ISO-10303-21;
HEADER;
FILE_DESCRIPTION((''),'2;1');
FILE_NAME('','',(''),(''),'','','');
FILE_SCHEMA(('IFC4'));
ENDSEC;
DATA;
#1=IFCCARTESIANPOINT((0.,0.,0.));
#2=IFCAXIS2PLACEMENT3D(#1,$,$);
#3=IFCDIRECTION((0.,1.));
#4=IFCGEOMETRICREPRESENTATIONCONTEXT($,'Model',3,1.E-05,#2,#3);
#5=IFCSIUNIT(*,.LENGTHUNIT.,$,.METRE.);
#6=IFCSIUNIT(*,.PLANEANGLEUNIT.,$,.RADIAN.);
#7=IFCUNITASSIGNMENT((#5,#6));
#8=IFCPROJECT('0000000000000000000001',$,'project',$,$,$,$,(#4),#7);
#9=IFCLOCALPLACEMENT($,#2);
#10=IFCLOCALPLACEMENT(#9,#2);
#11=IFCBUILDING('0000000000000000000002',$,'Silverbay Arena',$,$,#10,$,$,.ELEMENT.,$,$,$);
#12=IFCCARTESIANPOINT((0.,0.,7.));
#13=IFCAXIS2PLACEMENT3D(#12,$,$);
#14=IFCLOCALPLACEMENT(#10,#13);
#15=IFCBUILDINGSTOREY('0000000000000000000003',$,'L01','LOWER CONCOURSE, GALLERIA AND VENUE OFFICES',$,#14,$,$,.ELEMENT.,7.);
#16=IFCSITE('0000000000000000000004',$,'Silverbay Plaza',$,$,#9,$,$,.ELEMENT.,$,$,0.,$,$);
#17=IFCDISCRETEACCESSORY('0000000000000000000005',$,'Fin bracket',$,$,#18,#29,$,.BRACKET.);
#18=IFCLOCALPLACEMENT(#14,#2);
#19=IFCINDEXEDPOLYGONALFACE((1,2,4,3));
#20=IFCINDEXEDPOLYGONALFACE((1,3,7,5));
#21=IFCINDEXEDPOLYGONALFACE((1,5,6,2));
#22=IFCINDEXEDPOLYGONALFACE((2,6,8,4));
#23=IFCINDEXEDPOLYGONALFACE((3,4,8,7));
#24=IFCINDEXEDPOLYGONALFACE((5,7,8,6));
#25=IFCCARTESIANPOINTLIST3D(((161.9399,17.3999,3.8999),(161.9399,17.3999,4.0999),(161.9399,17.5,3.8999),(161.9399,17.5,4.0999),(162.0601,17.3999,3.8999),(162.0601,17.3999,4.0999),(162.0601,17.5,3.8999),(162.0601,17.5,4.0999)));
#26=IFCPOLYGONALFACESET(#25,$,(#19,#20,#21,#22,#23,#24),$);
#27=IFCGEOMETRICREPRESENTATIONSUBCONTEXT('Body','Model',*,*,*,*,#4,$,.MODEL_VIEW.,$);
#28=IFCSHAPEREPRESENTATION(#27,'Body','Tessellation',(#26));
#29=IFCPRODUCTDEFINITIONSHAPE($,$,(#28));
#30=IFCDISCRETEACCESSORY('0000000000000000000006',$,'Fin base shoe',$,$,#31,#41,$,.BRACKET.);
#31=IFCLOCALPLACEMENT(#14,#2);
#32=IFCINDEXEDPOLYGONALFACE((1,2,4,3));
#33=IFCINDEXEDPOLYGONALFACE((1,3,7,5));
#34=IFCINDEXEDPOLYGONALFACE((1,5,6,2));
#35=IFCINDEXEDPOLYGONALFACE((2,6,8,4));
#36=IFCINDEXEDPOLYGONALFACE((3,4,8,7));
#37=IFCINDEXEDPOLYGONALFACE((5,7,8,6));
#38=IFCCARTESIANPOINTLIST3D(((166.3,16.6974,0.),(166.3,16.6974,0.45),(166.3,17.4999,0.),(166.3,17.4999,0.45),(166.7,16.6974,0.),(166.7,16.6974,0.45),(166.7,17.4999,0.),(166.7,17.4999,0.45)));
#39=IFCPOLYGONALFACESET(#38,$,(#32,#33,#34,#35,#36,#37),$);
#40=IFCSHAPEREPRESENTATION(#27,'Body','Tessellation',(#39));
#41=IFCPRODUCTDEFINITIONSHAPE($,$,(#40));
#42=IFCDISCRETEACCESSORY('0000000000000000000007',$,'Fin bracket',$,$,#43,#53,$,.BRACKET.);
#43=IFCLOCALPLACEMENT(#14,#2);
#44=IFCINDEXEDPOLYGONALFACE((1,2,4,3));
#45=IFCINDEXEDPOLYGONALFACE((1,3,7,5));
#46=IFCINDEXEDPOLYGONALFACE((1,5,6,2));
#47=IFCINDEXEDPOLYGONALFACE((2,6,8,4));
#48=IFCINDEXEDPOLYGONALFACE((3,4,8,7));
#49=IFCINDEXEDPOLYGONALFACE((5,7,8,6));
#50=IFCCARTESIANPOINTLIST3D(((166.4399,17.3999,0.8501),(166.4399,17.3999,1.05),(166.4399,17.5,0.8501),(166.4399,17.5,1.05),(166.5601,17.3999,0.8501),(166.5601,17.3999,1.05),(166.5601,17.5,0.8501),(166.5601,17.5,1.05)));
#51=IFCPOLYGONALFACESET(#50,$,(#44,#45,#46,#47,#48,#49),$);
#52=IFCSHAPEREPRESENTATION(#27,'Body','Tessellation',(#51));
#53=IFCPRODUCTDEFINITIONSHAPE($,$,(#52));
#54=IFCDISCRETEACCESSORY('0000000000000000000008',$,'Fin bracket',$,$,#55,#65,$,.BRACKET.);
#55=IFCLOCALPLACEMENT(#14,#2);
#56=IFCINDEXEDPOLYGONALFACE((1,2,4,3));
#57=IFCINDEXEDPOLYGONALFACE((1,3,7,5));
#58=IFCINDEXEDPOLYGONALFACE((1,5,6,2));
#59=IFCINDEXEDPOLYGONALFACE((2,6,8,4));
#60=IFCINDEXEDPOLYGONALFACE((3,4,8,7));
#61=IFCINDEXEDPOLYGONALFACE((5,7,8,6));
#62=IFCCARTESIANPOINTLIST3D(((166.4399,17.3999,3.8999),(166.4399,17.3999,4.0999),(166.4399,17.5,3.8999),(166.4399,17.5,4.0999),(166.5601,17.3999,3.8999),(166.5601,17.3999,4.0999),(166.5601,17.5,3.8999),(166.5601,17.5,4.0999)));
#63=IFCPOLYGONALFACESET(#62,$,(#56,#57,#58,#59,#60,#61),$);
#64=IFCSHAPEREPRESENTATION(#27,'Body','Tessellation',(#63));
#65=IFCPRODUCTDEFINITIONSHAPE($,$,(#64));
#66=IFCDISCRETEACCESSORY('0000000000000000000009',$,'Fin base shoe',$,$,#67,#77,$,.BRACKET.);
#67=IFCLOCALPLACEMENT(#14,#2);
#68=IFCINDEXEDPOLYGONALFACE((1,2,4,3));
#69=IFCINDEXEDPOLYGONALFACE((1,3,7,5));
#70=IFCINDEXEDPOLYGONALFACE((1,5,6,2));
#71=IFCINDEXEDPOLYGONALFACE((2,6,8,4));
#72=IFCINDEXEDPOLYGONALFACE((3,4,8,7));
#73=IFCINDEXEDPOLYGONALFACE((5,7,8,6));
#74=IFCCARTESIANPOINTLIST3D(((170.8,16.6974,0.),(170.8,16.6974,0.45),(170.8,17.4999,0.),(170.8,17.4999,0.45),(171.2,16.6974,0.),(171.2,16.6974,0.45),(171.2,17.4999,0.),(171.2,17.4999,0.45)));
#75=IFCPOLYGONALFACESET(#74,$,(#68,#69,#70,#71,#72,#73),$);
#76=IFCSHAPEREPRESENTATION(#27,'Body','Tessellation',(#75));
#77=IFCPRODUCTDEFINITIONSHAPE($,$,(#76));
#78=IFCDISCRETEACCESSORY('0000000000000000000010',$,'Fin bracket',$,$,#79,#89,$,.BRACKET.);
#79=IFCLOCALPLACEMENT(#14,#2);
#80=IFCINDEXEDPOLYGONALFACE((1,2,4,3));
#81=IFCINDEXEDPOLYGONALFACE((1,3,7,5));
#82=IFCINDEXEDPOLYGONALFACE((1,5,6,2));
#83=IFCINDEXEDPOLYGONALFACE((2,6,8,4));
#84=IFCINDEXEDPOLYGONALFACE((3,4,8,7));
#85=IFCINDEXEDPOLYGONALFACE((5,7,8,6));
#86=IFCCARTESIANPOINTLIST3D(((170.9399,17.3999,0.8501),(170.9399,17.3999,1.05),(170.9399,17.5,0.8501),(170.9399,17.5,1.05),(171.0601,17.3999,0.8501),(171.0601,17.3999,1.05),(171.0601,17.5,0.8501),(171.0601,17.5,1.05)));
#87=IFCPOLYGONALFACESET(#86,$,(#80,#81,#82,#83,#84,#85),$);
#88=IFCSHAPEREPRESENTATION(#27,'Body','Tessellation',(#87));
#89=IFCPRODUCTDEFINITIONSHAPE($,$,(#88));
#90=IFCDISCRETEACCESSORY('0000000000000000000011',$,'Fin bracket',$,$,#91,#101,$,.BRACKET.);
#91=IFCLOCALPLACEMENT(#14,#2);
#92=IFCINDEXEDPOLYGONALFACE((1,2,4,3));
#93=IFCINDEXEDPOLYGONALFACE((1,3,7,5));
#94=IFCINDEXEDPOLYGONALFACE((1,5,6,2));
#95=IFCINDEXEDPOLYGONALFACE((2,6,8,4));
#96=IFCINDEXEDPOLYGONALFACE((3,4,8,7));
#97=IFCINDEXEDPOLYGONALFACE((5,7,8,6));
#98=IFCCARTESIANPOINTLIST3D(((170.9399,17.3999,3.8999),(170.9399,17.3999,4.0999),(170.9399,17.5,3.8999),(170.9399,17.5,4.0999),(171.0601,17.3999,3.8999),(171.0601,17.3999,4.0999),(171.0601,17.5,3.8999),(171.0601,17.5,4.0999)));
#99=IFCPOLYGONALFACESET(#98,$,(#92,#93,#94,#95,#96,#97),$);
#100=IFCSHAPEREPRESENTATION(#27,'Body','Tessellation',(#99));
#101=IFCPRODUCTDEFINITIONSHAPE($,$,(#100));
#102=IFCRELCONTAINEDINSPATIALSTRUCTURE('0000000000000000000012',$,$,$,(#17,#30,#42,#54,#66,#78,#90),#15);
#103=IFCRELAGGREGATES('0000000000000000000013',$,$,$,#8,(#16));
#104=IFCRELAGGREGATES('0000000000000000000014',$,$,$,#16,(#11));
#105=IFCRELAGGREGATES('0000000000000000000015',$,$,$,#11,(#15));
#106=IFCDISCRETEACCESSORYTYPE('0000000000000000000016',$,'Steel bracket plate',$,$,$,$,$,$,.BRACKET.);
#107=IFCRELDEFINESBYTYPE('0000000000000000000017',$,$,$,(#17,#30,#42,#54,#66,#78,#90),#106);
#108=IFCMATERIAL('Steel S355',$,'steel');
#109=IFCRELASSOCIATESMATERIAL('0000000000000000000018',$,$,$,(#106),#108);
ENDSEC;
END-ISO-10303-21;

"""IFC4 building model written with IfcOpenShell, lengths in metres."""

from ifc_helpers import new_model, si_unit, direction, frame, origin, origin_2d, place, context, subcontext, project, spatial, rectangle, extrude, material, type_object, element, save


model = new_model("IFC4")

# Units and contexts
model_context = context("Model", 3, precision=1e-05, world=origin(), true_north=direction((0.0, 1.0)))
body_context = subcontext(model_context, "Body", "Model", "MODEL_VIEW")
ifc_project = project(units=[si_unit("LENGTHUNIT", "METRE"), si_unit("PLANEANGLEUNIT", "RADIAN")], contexts=[model_context])

# Site, building, storey
site_placement = place(None, origin())
site = spatial("IfcSite", under=ifc_project, at=site_placement, Name="Silverbay Plaza", CompositionType="ELEMENT", RefElevation=0.0)
building_placement = place(site_placement, origin())
building = spatial("IfcBuilding", under=site, at=building_placement, Name="Silverbay Arena", CompositionType="ELEMENT")
storey_placement = place(building_placement, frame((0.0, 0.0, 7.0)))
storey = spatial("IfcBuildingStorey", under=building, at=storey_placement, Name="L01", Description="LOWER CONCOURSE, GALLERIA AND VENUE OFFICES", CompositionType="ELEMENT", Elevation=7.0)

# Discrete accessories
ifc_material_1 = material(Name="Steel S355", Category="steel")
discrete_accessory_type = type_object("IfcDiscreteAccessoryType", Name="Steel bracket plate", PredefinedType="BRACKET", material=ifc_material_1)
for number, where, z_axis, x_axis, name in (
    (1, (162.0, 17.45, 3.8999), (0.0, 0.0, 1.0), (1.0, 0.0, 0.0), "Fin bracket"),
):
    element("IfcDiscreteAccessory", number, at=place(storey_placement, frame(where, z_axis=z_axis, x_axis=x_axis)), inside=storey, type_object=discrete_accessory_type, Name=name, PredefinedType="BRACKET", context=body_context, shape_type="SweptSolid", body=[
        extrude(rectangle(XDim=0.1201, YDim=0.1001, at=origin_2d()), origin(), (0.0, 0.0, 1.0), 0.2),
    ])
discrete_accessory_1_placement = place(storey_placement, frame((166.5, 17.0986, 0.0), z_axis=(0.0, 0.0, 1.0), x_axis=(1.0, 0.0, 0.0)))
element("IfcDiscreteAccessory", 2, at=discrete_accessory_1_placement, inside=storey, type_object=discrete_accessory_type, Name="Fin base shoe", PredefinedType="BRACKET", context=body_context, shape_type="SweptSolid", body=[
    extrude(rectangle(XDim=0.3999, YDim=0.8025, at=origin_2d()), origin(), (0.0, 0.0, 1.0), 0.45),
])
for number, where, z_axis, x_axis, name in (
    (3, (166.5, 17.45, 0.8501), (0.0, 0.0, 1.0), (1.0, 0.0, 0.0), "Fin bracket"),
    (4, (166.5, 17.45, 3.8999), (0.0, 0.0, 1.0), (1.0, 0.0, 0.0), "Fin bracket"),
):
    element("IfcDiscreteAccessory", number, at=place(storey_placement, frame(where, z_axis=z_axis, x_axis=x_axis)), inside=storey, type_object=discrete_accessory_type, Name=name, PredefinedType="BRACKET", context=body_context, shape_type="SweptSolid", body=[
        extrude(rectangle(XDim=0.1201, YDim=0.1001, at=origin_2d()), origin(), (0.0, 0.0, 1.0), 0.2),
    ])
discrete_accessory_2_placement = place(storey_placement, frame((171.0, 17.0986, 0.0), z_axis=(0.0, 0.0, 1.0), x_axis=(1.0, 0.0, 0.0)))
element("IfcDiscreteAccessory", 5, at=discrete_accessory_2_placement, inside=storey, type_object=discrete_accessory_type, Name="Fin base shoe", PredefinedType="BRACKET", context=body_context, shape_type="SweptSolid", body=[
    extrude(rectangle(XDim=0.3999, YDim=0.8025, at=origin_2d()), origin(), (0.0, 0.0, 1.0), 0.45),
])
for number, where, z_axis, x_axis, name in (
    (6, (171.0, 17.45, 0.8501), (0.0, 0.0, 1.0), (1.0, 0.0, 0.0), "Fin bracket"),
    (7, (171.0, 17.45, 3.8999), (0.0, 0.0, 1.0), (1.0, 0.0, 0.0), "Fin bracket"),
):
    element("IfcDiscreteAccessory", number, at=place(storey_placement, frame(where, z_axis=z_axis, x_axis=x_axis)), inside=storey, type_object=discrete_accessory_type, Name=name, PredefinedType="BRACKET", context=body_context, shape_type="SweptSolid", body=[
        extrude(rectangle(XDim=0.1201, YDim=0.1001, at=origin_2d()), origin(), (0.0, 0.0, 1.0), 0.2),
    ])

save(model, "model.ifc")
